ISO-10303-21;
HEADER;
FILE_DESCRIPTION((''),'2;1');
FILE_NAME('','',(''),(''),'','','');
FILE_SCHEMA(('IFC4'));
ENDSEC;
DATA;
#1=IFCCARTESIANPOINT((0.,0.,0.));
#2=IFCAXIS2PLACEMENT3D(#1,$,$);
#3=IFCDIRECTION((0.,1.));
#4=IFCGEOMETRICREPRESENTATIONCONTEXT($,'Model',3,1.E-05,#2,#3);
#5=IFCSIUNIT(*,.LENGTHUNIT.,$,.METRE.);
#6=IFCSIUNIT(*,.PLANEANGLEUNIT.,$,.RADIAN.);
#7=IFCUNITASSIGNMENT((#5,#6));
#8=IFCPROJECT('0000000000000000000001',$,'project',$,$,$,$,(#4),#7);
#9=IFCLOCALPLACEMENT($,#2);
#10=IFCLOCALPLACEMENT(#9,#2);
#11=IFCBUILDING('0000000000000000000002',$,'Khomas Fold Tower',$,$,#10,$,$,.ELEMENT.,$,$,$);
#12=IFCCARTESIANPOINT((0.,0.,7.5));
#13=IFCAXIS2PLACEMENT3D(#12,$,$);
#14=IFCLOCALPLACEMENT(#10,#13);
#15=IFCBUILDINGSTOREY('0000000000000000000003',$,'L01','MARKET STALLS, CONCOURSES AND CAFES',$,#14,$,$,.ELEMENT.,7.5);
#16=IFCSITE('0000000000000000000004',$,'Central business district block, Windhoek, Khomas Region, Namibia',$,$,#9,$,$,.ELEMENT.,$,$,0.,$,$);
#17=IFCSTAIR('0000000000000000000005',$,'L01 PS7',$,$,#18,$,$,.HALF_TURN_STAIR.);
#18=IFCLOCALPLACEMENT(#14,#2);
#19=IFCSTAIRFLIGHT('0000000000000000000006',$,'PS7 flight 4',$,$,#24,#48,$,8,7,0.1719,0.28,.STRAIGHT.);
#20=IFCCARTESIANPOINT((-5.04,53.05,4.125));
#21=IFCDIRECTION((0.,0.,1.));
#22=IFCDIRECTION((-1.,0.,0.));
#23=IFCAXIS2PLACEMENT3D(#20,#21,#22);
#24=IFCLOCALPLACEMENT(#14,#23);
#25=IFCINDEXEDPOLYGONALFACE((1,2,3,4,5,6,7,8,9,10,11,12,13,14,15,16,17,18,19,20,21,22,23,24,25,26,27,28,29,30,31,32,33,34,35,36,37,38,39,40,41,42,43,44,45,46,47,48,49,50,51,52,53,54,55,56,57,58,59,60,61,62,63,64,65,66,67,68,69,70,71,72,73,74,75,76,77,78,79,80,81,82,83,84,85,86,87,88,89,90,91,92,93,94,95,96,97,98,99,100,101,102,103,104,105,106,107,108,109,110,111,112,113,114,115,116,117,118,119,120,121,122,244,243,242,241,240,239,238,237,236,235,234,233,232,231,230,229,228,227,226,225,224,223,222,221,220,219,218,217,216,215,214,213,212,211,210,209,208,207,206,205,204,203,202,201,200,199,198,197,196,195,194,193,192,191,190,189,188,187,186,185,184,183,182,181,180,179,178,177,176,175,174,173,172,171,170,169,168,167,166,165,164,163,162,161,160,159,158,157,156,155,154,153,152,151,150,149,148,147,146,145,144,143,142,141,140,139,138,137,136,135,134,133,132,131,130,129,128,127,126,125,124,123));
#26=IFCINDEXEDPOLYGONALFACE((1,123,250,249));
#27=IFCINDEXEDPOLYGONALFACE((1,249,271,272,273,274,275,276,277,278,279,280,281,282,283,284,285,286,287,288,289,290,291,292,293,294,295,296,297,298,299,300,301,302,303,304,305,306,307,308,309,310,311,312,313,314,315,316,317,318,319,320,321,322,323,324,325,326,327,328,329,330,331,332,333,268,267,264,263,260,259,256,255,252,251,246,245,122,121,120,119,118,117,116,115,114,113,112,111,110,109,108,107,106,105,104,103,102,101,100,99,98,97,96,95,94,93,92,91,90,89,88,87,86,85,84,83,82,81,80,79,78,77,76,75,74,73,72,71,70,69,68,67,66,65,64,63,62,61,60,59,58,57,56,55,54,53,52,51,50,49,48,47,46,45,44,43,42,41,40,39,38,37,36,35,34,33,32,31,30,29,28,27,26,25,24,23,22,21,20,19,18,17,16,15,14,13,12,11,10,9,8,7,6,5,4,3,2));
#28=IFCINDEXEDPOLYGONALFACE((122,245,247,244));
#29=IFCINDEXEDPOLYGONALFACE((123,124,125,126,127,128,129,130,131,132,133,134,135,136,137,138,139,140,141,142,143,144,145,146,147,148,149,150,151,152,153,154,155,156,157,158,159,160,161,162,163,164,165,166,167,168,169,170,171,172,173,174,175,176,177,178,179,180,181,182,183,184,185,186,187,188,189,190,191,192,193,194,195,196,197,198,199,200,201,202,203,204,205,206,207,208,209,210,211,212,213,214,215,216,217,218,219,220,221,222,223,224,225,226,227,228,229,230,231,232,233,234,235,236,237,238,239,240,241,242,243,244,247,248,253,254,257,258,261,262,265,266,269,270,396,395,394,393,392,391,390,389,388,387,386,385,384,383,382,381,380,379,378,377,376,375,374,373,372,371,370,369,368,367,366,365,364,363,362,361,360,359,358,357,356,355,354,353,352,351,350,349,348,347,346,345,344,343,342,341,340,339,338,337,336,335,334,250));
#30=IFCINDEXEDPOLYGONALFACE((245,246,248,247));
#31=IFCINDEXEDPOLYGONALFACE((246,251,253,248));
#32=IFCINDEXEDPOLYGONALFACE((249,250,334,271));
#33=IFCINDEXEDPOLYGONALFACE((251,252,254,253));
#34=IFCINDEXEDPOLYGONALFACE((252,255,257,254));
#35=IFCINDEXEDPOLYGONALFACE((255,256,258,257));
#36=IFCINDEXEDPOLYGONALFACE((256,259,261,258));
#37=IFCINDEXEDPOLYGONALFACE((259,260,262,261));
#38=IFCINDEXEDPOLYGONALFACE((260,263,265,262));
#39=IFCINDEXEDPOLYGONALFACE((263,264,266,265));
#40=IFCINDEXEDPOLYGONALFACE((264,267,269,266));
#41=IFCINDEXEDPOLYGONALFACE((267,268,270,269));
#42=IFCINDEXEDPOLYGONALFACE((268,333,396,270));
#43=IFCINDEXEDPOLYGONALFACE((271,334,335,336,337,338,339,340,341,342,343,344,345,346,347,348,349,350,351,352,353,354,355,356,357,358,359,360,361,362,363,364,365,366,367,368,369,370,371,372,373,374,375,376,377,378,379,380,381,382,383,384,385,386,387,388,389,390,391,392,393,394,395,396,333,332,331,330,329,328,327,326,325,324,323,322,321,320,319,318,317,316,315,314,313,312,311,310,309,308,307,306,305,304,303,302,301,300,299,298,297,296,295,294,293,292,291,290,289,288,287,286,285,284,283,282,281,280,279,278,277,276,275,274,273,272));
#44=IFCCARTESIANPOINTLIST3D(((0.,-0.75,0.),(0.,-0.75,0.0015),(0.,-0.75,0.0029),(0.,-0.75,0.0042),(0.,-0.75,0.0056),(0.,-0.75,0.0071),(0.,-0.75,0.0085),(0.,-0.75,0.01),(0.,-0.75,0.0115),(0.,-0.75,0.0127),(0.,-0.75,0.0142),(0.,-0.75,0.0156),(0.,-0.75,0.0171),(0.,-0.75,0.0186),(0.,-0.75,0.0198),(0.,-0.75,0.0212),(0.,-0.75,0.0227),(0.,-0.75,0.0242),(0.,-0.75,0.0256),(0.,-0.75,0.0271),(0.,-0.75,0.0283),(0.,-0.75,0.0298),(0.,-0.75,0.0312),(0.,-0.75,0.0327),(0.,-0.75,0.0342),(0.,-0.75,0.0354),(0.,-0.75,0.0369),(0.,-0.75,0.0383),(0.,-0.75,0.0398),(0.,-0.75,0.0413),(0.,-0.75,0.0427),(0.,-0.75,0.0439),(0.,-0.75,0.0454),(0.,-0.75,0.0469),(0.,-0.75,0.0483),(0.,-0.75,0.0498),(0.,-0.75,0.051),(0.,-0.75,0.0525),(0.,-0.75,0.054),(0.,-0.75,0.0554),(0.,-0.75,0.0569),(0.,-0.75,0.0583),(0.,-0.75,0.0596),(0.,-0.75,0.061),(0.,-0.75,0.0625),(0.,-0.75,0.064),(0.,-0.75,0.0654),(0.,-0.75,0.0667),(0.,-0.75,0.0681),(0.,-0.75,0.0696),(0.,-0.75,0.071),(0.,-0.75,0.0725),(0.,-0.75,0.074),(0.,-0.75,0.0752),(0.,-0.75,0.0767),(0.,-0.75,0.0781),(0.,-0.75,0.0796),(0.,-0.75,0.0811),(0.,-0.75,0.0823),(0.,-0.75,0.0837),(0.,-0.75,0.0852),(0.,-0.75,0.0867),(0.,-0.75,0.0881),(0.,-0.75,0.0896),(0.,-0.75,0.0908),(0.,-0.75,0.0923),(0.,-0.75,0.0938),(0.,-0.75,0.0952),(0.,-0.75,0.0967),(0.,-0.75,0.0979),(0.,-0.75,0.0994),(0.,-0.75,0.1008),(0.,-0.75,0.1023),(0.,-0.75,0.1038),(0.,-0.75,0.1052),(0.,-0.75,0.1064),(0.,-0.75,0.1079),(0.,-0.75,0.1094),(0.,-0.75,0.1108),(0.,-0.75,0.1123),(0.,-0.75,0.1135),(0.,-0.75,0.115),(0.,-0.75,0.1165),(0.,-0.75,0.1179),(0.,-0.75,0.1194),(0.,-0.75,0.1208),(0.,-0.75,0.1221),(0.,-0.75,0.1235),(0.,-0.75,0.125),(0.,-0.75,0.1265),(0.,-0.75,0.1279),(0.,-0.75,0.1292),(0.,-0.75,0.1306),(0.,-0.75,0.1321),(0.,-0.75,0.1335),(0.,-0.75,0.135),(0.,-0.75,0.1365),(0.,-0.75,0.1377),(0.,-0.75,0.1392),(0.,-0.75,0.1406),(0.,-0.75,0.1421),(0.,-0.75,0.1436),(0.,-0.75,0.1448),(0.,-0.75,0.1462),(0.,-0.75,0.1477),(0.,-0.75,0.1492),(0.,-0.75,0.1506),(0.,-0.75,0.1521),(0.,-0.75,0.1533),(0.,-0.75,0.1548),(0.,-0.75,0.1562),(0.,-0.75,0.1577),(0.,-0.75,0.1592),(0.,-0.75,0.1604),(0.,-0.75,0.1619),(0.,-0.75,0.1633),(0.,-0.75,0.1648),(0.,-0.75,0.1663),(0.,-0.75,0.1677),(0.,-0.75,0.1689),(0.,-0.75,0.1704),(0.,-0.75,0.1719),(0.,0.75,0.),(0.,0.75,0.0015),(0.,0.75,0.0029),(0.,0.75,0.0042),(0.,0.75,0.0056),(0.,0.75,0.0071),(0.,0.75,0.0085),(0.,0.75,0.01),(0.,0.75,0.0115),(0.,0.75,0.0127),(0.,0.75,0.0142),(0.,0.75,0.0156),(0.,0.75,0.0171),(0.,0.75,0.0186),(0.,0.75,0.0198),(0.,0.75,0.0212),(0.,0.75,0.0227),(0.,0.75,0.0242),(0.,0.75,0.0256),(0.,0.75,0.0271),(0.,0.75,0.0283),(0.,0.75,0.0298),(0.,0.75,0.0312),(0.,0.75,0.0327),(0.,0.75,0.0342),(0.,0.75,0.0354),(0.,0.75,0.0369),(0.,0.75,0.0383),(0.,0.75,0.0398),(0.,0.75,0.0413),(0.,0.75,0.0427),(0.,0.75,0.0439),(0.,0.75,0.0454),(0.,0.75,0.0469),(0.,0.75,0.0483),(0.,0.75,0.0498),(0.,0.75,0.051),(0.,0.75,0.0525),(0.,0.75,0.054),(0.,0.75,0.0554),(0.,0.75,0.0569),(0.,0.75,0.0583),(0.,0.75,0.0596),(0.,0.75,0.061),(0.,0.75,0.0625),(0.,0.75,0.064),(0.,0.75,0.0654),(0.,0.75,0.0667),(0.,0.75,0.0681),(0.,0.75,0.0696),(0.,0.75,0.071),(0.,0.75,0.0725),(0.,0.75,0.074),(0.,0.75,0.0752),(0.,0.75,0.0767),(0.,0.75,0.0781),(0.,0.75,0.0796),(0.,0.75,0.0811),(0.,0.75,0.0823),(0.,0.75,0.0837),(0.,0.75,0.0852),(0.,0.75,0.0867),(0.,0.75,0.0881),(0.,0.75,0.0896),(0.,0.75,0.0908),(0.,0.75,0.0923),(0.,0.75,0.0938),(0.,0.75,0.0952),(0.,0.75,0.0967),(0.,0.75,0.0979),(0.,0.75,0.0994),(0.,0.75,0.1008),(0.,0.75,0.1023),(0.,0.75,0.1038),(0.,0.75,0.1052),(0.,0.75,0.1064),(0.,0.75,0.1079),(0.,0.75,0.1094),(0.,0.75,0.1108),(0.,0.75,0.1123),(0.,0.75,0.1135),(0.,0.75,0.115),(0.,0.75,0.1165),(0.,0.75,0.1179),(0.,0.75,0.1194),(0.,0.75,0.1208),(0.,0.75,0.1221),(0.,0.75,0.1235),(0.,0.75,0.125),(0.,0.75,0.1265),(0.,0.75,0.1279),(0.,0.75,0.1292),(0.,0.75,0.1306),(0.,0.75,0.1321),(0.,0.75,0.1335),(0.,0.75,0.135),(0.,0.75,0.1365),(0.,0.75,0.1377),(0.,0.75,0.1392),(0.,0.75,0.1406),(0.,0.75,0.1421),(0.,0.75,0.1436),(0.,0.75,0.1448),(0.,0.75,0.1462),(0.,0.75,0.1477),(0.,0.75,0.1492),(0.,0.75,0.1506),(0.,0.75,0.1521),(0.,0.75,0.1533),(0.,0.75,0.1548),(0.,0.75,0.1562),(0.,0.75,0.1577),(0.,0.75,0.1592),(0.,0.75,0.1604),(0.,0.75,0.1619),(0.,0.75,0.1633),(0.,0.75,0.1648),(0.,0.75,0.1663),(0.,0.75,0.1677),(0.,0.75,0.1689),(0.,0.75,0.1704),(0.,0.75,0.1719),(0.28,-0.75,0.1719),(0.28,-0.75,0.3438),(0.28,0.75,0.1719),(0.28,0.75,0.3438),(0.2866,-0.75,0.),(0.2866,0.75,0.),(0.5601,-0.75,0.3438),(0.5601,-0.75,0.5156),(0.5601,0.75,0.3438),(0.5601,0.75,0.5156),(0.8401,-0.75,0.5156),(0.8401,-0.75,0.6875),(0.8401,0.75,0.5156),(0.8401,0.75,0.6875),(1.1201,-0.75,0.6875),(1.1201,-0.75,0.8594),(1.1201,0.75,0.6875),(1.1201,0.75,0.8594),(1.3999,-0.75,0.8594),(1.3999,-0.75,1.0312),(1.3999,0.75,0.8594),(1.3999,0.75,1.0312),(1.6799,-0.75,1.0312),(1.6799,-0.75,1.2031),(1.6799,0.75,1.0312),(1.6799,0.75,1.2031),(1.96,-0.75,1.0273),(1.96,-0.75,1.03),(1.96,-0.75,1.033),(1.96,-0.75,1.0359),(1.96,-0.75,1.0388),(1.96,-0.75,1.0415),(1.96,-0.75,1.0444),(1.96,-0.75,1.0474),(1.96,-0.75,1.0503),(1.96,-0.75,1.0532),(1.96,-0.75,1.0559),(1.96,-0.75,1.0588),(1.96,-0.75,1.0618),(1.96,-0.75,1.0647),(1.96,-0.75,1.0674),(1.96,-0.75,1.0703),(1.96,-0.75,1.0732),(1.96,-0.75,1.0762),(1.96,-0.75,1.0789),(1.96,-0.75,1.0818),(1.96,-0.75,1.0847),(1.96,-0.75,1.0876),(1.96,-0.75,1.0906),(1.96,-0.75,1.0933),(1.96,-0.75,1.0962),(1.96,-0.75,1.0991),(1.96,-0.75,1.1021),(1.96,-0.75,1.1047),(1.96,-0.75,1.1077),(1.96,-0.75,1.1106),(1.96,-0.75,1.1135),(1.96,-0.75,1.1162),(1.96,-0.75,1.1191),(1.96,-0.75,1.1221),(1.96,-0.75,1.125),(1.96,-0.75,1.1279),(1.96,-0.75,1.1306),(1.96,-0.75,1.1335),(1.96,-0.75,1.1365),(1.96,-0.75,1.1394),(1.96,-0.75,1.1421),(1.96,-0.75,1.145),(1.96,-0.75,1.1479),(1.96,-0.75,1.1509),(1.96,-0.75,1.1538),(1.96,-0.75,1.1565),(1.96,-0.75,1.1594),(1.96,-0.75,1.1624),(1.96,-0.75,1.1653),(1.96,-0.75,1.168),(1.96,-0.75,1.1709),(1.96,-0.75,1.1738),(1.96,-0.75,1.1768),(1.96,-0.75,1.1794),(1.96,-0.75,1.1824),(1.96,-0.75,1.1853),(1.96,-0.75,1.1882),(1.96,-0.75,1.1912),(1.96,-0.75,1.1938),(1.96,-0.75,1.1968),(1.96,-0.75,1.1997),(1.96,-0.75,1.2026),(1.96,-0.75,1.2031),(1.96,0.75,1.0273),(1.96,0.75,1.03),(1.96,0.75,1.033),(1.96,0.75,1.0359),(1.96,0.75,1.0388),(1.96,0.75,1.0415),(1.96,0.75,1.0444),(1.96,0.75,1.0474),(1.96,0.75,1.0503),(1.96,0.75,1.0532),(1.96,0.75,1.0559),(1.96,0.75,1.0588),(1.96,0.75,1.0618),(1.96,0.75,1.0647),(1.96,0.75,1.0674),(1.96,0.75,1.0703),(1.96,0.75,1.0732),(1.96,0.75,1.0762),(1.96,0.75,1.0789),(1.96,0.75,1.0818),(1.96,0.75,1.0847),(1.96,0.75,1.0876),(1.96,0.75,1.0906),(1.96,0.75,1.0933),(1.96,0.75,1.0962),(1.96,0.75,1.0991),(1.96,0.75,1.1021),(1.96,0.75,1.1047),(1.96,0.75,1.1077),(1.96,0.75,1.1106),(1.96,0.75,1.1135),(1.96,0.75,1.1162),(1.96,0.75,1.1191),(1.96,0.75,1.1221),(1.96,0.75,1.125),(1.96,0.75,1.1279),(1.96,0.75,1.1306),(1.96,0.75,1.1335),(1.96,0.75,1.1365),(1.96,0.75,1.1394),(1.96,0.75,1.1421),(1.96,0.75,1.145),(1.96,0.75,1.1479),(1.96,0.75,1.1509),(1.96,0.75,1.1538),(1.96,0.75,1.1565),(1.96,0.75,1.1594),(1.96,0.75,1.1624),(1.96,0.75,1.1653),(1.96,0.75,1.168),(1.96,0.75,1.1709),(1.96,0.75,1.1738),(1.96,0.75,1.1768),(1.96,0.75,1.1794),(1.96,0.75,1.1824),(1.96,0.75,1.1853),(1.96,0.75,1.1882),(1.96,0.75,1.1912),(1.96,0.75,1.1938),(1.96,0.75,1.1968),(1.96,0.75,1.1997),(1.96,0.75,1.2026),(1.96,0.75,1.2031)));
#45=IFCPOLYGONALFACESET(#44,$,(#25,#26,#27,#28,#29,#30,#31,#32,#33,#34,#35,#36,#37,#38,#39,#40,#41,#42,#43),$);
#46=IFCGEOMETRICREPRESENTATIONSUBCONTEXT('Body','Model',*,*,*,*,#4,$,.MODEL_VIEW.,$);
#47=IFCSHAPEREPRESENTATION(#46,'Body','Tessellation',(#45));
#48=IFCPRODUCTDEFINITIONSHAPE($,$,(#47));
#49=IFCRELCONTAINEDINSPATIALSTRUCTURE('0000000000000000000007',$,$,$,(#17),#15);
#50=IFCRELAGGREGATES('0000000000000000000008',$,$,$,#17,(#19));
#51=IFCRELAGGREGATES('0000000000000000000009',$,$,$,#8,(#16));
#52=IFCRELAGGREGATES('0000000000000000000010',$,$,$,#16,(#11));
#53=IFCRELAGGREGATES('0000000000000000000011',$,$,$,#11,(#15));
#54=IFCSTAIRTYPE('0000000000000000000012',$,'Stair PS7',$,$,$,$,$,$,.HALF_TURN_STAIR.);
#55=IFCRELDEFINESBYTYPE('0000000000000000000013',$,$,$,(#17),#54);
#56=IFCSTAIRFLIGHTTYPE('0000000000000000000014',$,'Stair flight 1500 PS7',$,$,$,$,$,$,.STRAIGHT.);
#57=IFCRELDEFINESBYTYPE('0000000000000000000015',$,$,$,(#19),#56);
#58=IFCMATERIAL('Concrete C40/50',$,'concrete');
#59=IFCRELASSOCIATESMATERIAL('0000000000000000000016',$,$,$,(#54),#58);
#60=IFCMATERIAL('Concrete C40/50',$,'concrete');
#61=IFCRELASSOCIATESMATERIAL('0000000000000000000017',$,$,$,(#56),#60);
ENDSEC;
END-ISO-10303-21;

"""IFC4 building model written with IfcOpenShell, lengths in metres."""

from ifc_helpers import new_model, si_unit, direction, frame, origin, place, context, subcontext, project, spatial, polyline, outline, extrude, source, transform, mapped, material, type_object, element, aggregate, save


model = new_model("IFC4")

# Units and contexts
model_context = context("Model", 3, precision=1e-05, world=origin(), true_north=direction((0.0, 1.0)))
body_context = subcontext(model_context, "Body", "Model", "MODEL_VIEW")
ifc_project = project(units=[si_unit("LENGTHUNIT", "METRE"), si_unit("PLANEANGLEUNIT", "RADIAN")], contexts=[model_context])

# Site, building, storey
site_placement = place(None, origin())
site = spatial("IfcSite", under=ifc_project, at=site_placement, Name="Central business district block, Windhoek, Khomas Region, Namibia", CompositionType="ELEMENT", RefElevation=0.0)
building_placement = place(site_placement, origin())
building = spatial("IfcBuilding", under=site, at=building_placement, Name="Khomas Fold Tower", CompositionType="ELEMENT")
storey_placement = place(building_placement, frame((0.0, 0.0, 7.5)))
storey = spatial("IfcBuildingStorey", under=building, at=storey_placement, Name="L01", Description="MARKET STALLS, CONCOURSES AND CAFES", CompositionType="ELEMENT", Elevation=7.5)

# Stair, stair flight
ifc_material_1 = material(Name="Concrete C40/50", Category="concrete")
stair_type = type_object("IfcStairType", Name="Stair PS7", PredefinedType="HALF_TURN_STAIR", material=ifc_material_1)
stair_placement = place(storey_placement, origin())
stair = element("IfcStair", 1, at=stair_placement, inside=storey, type_object=stair_type, Name="L01 PS7", PredefinedType="HALF_TURN_STAIR")
ifc_material_2 = material(Name="Concrete C40/50", Category="concrete")
stair_flight_type = type_object("IfcStairFlightType", Name="Stair flight 1500 PS7", PredefinedType="STRAIGHT", material=ifc_material_2)
shared_shape_1 = source(origin(), body_context, "Body", "SweptSolid", [
    extrude(outline(polyline([(0.0, 0.0), (0.0, 0.0015), (0.0, 0.0029), (0.0, 0.0042), (0.0, 0.0056), (0.0, 0.0071), (0.0, 0.0085), (0.0, 0.01), (0.0, 0.0115), (0.0, 0.0127), (0.0, 0.0142), (0.0, 0.0156), (0.0, 0.0171), (0.0, 0.0186), (0.0, 0.0198), (0.0, 0.0212), (0.0, 0.0227), (0.0, 0.0242), (0.0, 0.0256), (0.0, 0.0271), (0.0, 0.0283), (0.0, 0.0298), (0.0, 0.0312), (0.0, 0.0327), (0.0, 0.0342), (0.0, 0.0354), (0.0, 0.0369), (0.0, 0.0383), (0.0, 0.0398), (0.0, 0.0413), (0.0, 0.0427), (0.0, 0.0439), (0.0, 0.0454), (0.0, 0.0469), (0.0, 0.0483), (0.0, 0.0498), (0.0, 0.051), (0.0, 0.0525), (0.0, 0.054), (0.0, 0.0554), (0.0, 0.0569), (0.0, 0.0583), (0.0, 0.0596), (0.0, 0.061), (0.0, 0.0625), (0.0, 0.064), (0.0, 0.0654), (0.0, 0.0667), (0.0, 0.0681), (0.0, 0.0696), (0.0, 0.071), (0.0, 0.0725), (0.0, 0.074), (0.0, 0.0752), (0.0, 0.0767), (0.0, 0.0781), (0.0, 0.0796), (0.0, 0.0811), (0.0, 0.0823), (0.0, 0.0837), (0.0, 0.0852), (0.0, 0.0867), (0.0, 0.0881), (0.0, 0.0896), (0.0, 0.0908), (0.0, 0.0923), (0.0, 0.0938), (0.0, 0.0952), (0.0, 0.0967), (0.0, 0.0979), (0.0, 0.0994), (0.0, 0.1008), (0.0, 0.1023), (0.0, 0.1038), (0.0, 0.1052), (0.0, 0.1064), (0.0, 0.1079), (0.0, 0.1094), (0.0, 0.1108), (0.0, 0.1123), (0.0, 0.1135), (0.0, 0.115), (0.0, 0.1165), (0.0, 0.1179), (0.0, 0.1194), (0.0, 0.1208), (0.0, 0.1221), (0.0, 0.1235), (0.0, 0.125), (0.0, 0.1265), (0.0, 0.1279), (0.0, 0.1292), (0.0, 0.1306), (0.0, 0.1321), (0.0, 0.1335), (0.0, 0.135), (0.0, 0.1365), (0.0, 0.1377), (0.0, 0.1392), (0.0, 0.1406), (0.0, 0.1421), (0.0, 0.1436), (0.0, 0.1448), (0.0, 0.1462), (0.0, 0.1477), (0.0, 0.1492), (0.0, 0.1506), (0.0, 0.1521), (0.0, 0.1533), (0.0, 0.1548), (0.0, 0.1562), (0.0, 0.1577), (0.0, 0.1592), (0.0, 0.1604), (0.0, 0.1619), (0.0, 0.1633), (0.0, 0.1648), (0.0, 0.1663), (0.0, 0.1677), (0.0, 0.1689), (0.0, 0.1704), (0.0, 0.1719), (0.28, 0.1719), (0.28, 0.3438), (0.5601, 0.3438), (0.5601, 0.5156), (0.8401, 0.5156), (0.8401, 0.6875), (1.1201, 0.6875), (1.1201, 0.8594), (1.3999, 0.8594), (1.3999, 1.0312), (1.6799, 1.0312), (1.6799, 1.2031), (1.96, 1.2031), (1.96, 1.375), (1.96, 1.3721), (1.96, 1.3691), (1.96, 1.3665), (1.96, 1.3635), (1.96, 1.3606), (1.96, 1.3577), (1.96, 1.355), (1.96, 1.3521), (1.96, 1.3491), (1.96, 1.3462), (1.96, 1.3435), (1.96, 1.3406), (1.96, 1.3376), (1.96, 1.3347), (1.96, 1.3318), (1.96, 1.3291), (1.96, 1.3262), (1.96, 1.3232), (1.96, 1.3203), (1.96, 1.3176), (1.96, 1.3147), (1.96, 1.3118), (1.96, 1.3088), (1.96, 1.3059), (1.96, 1.3032), (1.96, 1.3003), (1.96, 1.2974), (1.96, 1.2944), (1.96, 1.2917), (1.96, 1.2888), (1.96, 1.2859), (1.96, 1.283), (1.96, 1.2803), (1.96, 1.2773), (1.96, 1.2744), (1.96, 1.2715), (1.96, 1.2686), (1.96, 1.2659), (1.96, 1.2629), (1.96, 1.26), (1.96, 1.2571), (1.96, 1.2544), (1.96, 1.2515), (1.96, 1.2485), (1.96, 1.2456), (1.96, 1.2427), (1.96, 1.24), (1.96, 1.2371), (1.96, 1.2341), (1.96, 1.2312), (1.96, 1.2285), (1.96, 1.2256), (1.96, 1.2227), (1.96, 1.2197), (1.96, 1.217), (1.96, 1.2141), (1.96, 1.2112), (1.96, 1.2083), (1.96, 1.2053), (1.96, 1.2026), (1.96, 1.1997), (1.96, 1.1968), (1.96, 1.1938), (1.96, 1.1912), (1.96, 1.1882), (1.96, 1.1853), (1.96, 1.1824), (1.96, 1.1794), (1.96, 1.1768), (1.96, 1.1738), (1.96, 1.1709), (1.96, 1.168), (1.96, 1.1653), (1.96, 1.1624), (1.96, 1.1594), (1.96, 1.1565), (1.96, 1.1538), (1.96, 1.1509), (1.96, 1.1479), (1.96, 1.145), (1.96, 1.1421), (1.96, 1.1394), (1.96, 1.1365), (1.96, 1.1335), (1.96, 1.1306), (1.96, 1.1279), (1.96, 1.125), (1.96, 1.1221), (1.96, 1.1191), (1.96, 1.1162), (1.96, 1.1135), (1.96, 1.1106), (1.96, 1.1077), (1.96, 1.1047), (1.96, 1.1021), (1.96, 1.0991), (1.96, 1.0962), (1.96, 1.0933), (1.96, 1.0906), (1.96, 1.0876), (1.96, 1.0847), (1.96, 1.0818), (1.96, 1.0789), (1.96, 1.0762), (1.96, 1.0732), (1.96, 1.0703), (1.96, 1.0674), (1.96, 1.0647), (1.96, 1.0618), (1.96, 1.0588), (1.96, 1.0559), (1.96, 1.0532), (1.96, 1.0503), (1.96, 1.0474), (1.96, 1.0444), (1.96, 1.0415), (1.96, 1.0388), (1.96, 1.0359), (1.96, 1.033), (1.96, 1.03), (1.96, 1.0273), (0.2866, 0.0), (0.0, 0.0)])), frame((0.0, 0.75, 0.0), z_axis=(0.0, -1.0, 0.0), x_axis=(1.0, 0.0, 0.0)), (0.0, 0.0, 1.0), 1.5),
])
stair_flight_1_placement = place(storey_placement, frame((-5.04, 53.05, 4.125), z_axis=(0.0, 0.0, 1.0), x_axis=(-1.0, 0.0, 0.0)))
stair_flight_1 = element("IfcStairFlight", 2, at=stair_flight_1_placement, type_object=stair_flight_type, Name="PS7 flight 4", NumberOfRisers=8, NumberOfTreads=7, PredefinedType="STRAIGHT", RiserHeight=0.1719, TreadLength=0.28, context=body_context, shape_type="MappedRepresentation", body=[
    mapped(shared_shape_1, transform((0.0, 0.0, 0.0))),
])
aggregate(stair, [stair_flight_1])

save(model, "model.ifc")
